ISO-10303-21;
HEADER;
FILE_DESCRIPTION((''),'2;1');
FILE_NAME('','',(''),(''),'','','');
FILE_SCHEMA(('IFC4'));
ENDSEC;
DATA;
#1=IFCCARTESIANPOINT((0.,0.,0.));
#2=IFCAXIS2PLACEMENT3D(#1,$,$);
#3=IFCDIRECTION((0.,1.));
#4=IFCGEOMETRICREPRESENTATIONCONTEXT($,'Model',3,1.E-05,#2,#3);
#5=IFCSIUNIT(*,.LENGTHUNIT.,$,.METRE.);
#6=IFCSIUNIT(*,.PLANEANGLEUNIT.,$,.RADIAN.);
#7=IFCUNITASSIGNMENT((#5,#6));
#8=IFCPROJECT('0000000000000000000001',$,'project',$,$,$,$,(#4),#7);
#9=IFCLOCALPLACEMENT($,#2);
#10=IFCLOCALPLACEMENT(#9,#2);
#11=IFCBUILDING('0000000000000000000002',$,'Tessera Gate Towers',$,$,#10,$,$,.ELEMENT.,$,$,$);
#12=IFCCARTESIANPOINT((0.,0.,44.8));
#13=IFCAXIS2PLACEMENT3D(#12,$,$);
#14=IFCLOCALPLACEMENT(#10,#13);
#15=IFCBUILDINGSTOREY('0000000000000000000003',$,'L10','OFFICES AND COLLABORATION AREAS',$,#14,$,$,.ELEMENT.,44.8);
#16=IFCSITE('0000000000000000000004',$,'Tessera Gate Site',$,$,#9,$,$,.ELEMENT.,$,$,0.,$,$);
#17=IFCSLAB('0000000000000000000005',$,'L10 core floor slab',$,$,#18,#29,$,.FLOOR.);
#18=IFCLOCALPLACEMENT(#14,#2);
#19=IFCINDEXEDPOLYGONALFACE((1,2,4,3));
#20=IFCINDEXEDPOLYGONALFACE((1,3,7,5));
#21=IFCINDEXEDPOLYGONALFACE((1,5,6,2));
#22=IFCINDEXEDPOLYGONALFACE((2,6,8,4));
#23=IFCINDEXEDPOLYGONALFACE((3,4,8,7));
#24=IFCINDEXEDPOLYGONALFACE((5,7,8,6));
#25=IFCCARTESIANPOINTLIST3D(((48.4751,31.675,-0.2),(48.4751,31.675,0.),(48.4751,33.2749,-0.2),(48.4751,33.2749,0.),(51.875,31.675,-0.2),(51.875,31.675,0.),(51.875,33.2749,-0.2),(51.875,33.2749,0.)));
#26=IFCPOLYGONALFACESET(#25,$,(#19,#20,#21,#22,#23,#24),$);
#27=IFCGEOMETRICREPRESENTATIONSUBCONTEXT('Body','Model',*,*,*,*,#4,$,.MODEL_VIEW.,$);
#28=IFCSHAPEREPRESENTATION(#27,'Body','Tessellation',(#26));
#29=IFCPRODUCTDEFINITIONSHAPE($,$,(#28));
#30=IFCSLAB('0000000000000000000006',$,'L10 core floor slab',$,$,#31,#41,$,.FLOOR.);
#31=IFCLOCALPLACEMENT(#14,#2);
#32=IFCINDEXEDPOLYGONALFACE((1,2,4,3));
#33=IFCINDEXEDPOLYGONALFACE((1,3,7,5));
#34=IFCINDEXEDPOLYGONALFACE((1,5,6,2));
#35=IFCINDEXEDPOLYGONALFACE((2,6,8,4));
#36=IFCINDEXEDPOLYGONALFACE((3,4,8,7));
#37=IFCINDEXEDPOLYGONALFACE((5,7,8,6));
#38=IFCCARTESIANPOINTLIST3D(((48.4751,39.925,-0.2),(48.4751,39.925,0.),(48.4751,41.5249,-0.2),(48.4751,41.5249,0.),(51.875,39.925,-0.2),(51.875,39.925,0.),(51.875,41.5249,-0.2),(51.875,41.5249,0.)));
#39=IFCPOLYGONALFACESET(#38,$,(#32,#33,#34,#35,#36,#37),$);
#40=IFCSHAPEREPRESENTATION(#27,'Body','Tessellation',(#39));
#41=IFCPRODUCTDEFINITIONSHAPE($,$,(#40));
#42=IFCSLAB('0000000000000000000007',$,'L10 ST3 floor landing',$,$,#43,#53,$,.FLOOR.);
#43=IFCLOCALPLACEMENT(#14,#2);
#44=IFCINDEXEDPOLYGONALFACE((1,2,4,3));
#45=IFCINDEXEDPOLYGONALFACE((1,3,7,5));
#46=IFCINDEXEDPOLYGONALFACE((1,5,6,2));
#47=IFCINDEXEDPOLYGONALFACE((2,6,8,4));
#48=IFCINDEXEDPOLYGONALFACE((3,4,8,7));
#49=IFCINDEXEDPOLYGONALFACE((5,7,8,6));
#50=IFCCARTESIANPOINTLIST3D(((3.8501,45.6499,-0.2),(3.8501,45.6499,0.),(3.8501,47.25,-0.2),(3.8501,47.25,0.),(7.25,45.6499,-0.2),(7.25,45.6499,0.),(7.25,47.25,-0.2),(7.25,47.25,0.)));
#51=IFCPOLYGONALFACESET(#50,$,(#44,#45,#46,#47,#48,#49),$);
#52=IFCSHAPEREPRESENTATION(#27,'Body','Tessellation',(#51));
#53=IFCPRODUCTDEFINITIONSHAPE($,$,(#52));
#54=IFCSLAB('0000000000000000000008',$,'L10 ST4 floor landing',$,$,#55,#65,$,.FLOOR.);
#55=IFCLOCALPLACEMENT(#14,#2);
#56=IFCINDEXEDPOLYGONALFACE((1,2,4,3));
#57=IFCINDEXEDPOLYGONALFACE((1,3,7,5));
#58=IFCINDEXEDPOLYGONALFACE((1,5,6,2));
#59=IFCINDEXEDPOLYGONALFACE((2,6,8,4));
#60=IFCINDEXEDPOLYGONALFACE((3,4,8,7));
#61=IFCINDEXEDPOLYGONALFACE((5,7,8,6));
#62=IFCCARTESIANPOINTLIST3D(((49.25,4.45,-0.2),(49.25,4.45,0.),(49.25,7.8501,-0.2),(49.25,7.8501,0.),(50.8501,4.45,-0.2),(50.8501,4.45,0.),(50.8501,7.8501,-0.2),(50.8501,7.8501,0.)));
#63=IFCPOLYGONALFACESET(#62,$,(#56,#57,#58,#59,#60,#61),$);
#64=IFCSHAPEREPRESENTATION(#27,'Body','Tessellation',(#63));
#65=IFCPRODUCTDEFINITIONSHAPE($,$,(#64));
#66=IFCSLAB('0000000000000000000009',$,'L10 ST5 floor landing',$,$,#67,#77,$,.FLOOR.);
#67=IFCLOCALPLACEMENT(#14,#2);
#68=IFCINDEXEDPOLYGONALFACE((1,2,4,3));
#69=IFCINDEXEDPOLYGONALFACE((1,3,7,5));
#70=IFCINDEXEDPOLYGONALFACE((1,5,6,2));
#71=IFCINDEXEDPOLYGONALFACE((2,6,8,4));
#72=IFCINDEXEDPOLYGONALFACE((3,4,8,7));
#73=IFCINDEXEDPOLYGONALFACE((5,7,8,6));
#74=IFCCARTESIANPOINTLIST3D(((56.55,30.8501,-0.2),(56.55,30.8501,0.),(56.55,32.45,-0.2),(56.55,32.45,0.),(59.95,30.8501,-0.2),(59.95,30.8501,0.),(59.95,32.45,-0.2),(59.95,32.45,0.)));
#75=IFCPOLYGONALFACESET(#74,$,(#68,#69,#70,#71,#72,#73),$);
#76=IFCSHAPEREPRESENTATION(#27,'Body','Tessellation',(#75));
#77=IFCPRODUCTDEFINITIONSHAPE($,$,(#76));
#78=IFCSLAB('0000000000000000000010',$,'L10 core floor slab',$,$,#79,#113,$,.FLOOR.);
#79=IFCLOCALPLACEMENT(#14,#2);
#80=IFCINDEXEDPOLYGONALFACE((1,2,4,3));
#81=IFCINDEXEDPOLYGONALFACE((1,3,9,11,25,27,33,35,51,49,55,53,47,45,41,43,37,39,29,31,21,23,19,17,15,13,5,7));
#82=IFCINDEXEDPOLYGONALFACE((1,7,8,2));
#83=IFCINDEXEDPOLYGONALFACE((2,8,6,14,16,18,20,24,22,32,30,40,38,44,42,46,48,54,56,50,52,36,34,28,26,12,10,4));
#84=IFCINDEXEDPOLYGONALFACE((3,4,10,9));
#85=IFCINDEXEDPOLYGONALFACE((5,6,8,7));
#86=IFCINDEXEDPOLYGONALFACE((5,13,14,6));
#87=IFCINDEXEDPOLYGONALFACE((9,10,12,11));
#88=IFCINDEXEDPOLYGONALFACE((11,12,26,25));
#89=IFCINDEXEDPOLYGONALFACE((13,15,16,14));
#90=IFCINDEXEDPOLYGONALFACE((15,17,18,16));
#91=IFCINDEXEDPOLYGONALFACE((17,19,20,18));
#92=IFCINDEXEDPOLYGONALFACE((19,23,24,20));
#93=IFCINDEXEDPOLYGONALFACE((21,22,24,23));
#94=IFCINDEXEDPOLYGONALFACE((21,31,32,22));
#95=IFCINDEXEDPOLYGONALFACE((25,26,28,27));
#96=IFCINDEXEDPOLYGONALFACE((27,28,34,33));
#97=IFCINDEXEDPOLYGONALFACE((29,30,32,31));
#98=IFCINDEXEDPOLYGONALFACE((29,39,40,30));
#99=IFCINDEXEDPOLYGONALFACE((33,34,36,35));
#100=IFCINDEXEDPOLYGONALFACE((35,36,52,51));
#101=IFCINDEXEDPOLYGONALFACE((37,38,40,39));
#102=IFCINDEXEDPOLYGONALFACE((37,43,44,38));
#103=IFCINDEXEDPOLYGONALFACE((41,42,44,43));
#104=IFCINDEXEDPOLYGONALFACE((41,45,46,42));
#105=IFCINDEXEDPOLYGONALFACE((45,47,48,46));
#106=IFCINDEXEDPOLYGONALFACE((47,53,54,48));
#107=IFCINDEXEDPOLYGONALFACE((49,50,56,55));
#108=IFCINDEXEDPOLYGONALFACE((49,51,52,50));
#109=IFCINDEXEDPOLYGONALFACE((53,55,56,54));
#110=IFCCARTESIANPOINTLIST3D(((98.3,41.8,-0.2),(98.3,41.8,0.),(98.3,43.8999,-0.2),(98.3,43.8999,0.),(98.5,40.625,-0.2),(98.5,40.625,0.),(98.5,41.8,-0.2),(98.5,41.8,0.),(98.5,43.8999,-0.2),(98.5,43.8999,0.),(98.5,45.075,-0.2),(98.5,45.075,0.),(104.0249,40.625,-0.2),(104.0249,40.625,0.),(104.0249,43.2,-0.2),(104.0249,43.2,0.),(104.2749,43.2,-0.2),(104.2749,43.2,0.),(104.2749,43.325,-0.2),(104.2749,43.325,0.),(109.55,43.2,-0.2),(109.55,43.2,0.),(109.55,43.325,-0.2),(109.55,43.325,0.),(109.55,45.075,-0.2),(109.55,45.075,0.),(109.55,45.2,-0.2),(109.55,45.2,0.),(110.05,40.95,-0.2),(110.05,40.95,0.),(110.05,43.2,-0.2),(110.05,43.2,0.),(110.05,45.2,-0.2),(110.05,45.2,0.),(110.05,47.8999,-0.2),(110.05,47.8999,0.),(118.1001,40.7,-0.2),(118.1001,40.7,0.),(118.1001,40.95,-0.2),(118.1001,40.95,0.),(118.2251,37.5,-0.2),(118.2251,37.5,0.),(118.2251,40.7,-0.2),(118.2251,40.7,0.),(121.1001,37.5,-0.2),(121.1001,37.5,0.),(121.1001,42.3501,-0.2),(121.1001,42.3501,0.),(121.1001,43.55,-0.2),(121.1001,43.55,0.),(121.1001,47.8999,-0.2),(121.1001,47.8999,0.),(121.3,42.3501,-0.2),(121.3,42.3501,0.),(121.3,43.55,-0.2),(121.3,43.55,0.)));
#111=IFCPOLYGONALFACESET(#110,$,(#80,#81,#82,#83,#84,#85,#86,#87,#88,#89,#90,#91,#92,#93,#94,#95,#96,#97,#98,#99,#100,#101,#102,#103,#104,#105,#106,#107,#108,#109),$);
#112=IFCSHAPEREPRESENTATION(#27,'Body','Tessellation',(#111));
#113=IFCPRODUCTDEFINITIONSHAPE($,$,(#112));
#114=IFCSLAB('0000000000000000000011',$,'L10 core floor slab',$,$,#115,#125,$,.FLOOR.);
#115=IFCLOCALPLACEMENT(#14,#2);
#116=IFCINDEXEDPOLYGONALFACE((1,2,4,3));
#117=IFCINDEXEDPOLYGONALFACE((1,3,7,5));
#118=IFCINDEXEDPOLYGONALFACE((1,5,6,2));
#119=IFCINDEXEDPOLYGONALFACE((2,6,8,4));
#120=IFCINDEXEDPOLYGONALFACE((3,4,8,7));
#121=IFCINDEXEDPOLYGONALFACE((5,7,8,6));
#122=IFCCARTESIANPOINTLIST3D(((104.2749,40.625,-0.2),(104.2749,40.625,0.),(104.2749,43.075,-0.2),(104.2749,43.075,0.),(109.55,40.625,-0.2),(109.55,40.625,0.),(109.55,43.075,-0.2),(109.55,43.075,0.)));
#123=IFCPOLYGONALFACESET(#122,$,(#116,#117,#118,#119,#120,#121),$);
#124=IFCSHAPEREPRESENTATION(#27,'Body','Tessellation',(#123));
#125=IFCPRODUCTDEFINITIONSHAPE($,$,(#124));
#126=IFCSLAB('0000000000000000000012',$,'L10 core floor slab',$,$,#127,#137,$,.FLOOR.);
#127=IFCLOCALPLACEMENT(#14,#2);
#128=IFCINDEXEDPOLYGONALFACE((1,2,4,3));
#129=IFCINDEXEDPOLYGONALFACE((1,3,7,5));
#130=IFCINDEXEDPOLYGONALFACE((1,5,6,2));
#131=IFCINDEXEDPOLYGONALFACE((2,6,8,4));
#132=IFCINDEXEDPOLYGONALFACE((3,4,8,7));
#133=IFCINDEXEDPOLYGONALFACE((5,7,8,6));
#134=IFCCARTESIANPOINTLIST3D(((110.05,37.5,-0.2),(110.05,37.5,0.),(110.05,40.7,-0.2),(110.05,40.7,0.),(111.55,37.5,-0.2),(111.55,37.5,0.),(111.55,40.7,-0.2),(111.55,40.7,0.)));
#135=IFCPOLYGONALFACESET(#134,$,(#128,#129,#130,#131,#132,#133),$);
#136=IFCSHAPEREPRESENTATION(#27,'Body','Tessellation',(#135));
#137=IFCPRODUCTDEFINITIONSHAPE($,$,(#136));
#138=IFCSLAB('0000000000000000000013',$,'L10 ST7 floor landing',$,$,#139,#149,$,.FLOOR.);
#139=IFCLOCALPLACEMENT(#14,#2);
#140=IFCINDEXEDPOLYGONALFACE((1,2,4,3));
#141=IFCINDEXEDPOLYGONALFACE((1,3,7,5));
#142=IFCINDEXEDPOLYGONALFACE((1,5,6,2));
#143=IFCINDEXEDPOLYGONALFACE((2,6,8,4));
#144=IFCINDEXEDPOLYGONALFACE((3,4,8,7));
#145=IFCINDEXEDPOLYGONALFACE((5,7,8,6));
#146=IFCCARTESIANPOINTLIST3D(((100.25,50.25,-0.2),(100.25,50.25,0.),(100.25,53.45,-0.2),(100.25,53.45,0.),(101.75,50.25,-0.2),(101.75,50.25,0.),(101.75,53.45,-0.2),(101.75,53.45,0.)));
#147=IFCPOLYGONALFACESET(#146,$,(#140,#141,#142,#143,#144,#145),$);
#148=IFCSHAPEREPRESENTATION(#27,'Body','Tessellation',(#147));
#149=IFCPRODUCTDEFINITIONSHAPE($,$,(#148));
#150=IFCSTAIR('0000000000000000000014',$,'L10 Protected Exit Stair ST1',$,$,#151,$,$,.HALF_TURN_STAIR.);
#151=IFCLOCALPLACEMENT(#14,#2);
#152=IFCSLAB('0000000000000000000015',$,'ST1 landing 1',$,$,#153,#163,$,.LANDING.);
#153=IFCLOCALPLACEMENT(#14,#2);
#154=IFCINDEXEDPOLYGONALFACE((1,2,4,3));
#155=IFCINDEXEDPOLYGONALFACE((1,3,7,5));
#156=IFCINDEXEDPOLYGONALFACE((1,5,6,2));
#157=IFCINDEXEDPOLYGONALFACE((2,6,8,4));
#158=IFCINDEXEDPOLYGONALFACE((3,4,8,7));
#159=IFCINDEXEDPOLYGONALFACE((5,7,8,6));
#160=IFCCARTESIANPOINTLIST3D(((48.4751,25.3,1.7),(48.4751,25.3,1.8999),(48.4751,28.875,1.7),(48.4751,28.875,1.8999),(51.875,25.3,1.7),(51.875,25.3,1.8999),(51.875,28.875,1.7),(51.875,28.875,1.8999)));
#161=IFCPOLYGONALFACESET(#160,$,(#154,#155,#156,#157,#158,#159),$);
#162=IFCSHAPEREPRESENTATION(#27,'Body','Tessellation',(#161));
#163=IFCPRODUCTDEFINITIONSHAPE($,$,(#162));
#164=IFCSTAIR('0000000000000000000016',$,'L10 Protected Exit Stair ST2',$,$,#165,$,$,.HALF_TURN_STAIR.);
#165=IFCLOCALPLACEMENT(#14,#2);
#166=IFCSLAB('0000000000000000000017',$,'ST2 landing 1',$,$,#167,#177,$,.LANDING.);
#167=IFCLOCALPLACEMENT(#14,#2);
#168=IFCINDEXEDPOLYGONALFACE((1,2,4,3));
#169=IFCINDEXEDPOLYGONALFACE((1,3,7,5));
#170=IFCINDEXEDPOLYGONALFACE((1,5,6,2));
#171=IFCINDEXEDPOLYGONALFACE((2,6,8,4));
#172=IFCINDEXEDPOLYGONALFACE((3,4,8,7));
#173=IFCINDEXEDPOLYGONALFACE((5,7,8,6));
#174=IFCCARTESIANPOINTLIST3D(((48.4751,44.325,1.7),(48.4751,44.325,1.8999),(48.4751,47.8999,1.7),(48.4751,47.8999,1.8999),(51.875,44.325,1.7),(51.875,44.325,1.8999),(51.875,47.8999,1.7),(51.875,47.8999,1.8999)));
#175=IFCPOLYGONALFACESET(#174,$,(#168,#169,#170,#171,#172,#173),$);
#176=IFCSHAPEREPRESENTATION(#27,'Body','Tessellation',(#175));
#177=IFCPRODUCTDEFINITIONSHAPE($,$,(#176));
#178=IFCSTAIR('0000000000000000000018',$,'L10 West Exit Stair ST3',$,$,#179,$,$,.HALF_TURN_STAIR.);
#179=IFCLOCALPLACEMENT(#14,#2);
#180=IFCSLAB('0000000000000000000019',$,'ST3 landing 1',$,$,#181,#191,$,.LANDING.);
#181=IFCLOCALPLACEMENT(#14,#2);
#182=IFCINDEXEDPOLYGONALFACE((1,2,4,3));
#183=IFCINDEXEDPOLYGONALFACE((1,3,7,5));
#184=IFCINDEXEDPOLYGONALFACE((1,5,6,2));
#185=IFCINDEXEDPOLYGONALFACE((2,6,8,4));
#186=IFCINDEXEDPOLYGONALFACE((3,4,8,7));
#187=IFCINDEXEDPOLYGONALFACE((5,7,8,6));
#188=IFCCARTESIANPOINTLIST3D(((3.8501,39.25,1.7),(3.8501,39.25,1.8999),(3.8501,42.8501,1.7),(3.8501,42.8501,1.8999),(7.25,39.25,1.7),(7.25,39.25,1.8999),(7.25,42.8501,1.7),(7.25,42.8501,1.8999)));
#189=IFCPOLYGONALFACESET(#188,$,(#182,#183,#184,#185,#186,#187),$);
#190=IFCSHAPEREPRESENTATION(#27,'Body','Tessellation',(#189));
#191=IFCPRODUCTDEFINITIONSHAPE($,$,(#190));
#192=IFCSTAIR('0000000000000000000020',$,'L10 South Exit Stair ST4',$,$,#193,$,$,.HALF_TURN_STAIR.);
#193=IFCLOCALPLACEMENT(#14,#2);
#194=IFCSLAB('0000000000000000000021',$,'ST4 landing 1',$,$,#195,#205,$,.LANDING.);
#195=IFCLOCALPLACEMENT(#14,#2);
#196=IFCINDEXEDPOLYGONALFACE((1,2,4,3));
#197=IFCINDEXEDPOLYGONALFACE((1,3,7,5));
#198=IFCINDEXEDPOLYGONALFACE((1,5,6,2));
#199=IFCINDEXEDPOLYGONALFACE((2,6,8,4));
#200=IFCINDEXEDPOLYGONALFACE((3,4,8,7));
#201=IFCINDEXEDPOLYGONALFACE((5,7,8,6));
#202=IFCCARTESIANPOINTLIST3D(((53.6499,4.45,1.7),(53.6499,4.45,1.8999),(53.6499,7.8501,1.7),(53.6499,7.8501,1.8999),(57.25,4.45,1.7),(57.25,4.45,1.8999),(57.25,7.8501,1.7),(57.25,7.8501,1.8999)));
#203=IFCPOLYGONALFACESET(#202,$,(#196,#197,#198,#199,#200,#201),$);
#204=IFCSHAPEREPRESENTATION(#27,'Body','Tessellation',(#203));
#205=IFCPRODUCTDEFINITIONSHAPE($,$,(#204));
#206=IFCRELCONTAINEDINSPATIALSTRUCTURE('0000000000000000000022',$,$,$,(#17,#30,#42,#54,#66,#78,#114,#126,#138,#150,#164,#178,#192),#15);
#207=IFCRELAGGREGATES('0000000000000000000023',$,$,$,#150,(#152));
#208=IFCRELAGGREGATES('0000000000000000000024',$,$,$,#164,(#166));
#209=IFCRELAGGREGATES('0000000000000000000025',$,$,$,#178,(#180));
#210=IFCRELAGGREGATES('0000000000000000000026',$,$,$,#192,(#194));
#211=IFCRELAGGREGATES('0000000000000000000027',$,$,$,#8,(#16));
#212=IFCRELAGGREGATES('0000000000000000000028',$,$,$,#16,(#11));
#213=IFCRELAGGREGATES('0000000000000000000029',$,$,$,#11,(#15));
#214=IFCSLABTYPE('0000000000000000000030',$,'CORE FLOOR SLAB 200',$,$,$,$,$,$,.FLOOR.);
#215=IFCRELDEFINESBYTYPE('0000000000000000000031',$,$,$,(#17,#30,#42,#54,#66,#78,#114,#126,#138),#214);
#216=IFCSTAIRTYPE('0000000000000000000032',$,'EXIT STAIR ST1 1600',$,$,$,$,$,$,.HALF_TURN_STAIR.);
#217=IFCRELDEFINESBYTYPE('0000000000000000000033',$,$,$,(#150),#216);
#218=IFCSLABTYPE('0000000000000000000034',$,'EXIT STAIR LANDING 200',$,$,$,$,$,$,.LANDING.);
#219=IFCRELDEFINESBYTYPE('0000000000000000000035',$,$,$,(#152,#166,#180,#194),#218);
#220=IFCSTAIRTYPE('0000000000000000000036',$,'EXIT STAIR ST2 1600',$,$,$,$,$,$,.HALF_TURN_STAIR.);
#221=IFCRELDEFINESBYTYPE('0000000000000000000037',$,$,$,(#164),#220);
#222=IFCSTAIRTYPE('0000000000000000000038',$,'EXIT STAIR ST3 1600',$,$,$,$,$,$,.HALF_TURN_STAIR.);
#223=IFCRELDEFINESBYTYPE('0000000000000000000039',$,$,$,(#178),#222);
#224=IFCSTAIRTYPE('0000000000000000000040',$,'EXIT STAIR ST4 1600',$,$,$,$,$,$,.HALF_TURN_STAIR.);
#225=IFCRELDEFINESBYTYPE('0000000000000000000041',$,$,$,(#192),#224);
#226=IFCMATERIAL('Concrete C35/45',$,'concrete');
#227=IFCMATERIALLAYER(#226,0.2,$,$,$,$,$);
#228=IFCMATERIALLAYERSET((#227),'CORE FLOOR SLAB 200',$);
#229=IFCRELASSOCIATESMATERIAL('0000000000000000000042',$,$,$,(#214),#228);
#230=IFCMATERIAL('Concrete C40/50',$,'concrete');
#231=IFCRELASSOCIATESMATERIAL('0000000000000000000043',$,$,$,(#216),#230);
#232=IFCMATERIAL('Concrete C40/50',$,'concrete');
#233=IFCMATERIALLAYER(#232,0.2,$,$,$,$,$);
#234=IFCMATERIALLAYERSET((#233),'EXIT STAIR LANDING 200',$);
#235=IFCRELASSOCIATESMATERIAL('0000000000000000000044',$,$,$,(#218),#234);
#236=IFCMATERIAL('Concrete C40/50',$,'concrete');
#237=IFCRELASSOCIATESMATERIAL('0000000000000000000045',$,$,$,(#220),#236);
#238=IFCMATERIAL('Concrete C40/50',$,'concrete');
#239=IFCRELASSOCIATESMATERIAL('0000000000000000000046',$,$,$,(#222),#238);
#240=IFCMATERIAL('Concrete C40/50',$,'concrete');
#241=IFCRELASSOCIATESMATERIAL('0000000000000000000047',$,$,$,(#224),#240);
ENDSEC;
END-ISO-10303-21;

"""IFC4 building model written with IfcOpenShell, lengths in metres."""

from ifc_helpers import new_model, si_unit, direction, frame, origin, place, context, subcontext, project, spatial, polyline, outline, extrude, material, layer, layer_set, type_object, element, aggregate, save


model = new_model("IFC4")

# Units and contexts
model_context = context("Model", 3, precision=1e-05, world=origin(), true_north=direction((0.0, 1.0)))
body_context = subcontext(model_context, "Body", "Model", "MODEL_VIEW")
ifc_project = project(units=[si_unit("LENGTHUNIT", "METRE"), si_unit("PLANEANGLEUNIT", "RADIAN")], contexts=[model_context])

# Site, building, storey
site_placement = place(None, origin())
site = spatial("IfcSite", under=ifc_project, at=site_placement, Name="Tessera Gate Site", CompositionType="ELEMENT", RefElevation=0.0)
building_placement = place(site_placement, origin())
building = spatial("IfcBuilding", under=site, at=building_placement, Name="Tessera Gate Towers", CompositionType="ELEMENT")
storey_placement = place(building_placement, frame((0.0, 0.0, 44.8)))
storey = spatial("IfcBuildingStorey", under=building, at=storey_placement, Name="L10", Description="OFFICES AND COLLABORATION AREAS", CompositionType="ELEMENT", Elevation=44.8)

# Slabs
ifc_material_1 = material(Name="Concrete C35/45", Category="concrete")
ifc_layer_1 = layer(ifc_material_1, 0.2)
ifc_layer_set_1 = layer_set([ifc_layer_1], Name="CORE FLOOR SLAB 200")
slab_type_1 = type_object("IfcSlabType", Name="CORE FLOOR SLAB 200", PredefinedType="FLOOR", material=ifc_layer_set_1)
slab_1_placement = place(storey_placement, frame((0.0, 0.0, -0.2)))
element("IfcSlab", 1, at=slab_1_placement, inside=storey, type_object=slab_type_1, Name="L10 core floor slab", PredefinedType="FLOOR", context=body_context, shape_type="SweptSolid", body=[
    extrude(outline(polyline([(51.875, 31.675), (51.875, 33.2749), (48.4751, 33.2749), (48.4751, 31.675), (51.875, 31.675)])), origin(), (0.0, 0.0, 1.0), 0.2),
])
slab_2_placement = place(storey_placement, frame((0.0, 0.0, -0.2)))
element("IfcSlab", 2, at=slab_2_placement, inside=storey, type_object=slab_type_1, Name="L10 core floor slab", PredefinedType="FLOOR", context=body_context, shape_type="SweptSolid", body=[
    extrude(outline(polyline([(48.4751, 41.5249), (48.4751, 39.925), (51.875, 39.925), (51.875, 41.5249), (48.4751, 41.5249)])), origin(), (0.0, 0.0, 1.0), 0.2),
])
slab_3_placement = place(storey_placement, frame((0.0, 0.0, -0.2)))
element("IfcSlab", 3, at=slab_3_placement, inside=storey, type_object=slab_type_1, Name="L10 ST3 floor landing", PredefinedType="FLOOR", context=body_context, shape_type="SweptSolid", body=[
    extrude(outline(polyline([(3.8501, 47.25), (3.8501, 45.6499), (7.25, 45.6499), (7.25, 47.25), (3.8501, 47.25)])), origin(), (0.0, 0.0, 1.0), 0.2),
])
slab_4_placement = place(storey_placement, frame((0.0, 0.0, -0.2)))
element("IfcSlab", 4, at=slab_4_placement, inside=storey, type_object=slab_type_1, Name="L10 ST4 floor landing", PredefinedType="FLOOR", context=body_context, shape_type="SweptSolid", body=[
    extrude(outline(polyline([(49.25, 4.45), (50.8501, 4.45), (50.8501, 7.8501), (49.25, 7.8501), (49.25, 4.45)])), origin(), (0.0, 0.0, 1.0), 0.2),
])
slab_5_placement = place(storey_placement, frame((0.0, 0.0, -0.2)))
element("IfcSlab", 5, at=slab_5_placement, inside=storey, type_object=slab_type_1, Name="L10 ST5 floor landing", PredefinedType="FLOOR", context=body_context, shape_type="SweptSolid", body=[
    extrude(outline(polyline([(59.95, 30.8501), (59.95, 32.45), (56.55, 32.45), (56.55, 30.8501), (59.95, 30.8501)])), origin(), (0.0, 0.0, 1.0), 0.2),
])
slab_6_placement = place(storey_placement, frame((0.0, 0.0, -0.2)))
element("IfcSlab", 6, at=slab_6_placement, inside=storey, type_object=slab_type_1, Name="L10 core floor slab", PredefinedType="FLOOR", context=body_context, shape_type="SweptSolid", body=[
    extrude(outline(polyline([(109.55, 45.2), (109.55, 45.075), (98.5, 45.075), (98.5, 43.8999), (98.3, 43.8999), (98.3, 41.8), (98.5, 41.8), (98.5, 40.625), (104.0249, 40.625), (104.0249, 43.2), (104.2749, 43.2), (104.2749, 43.325), (109.55, 43.325), (109.55, 43.2), (110.05, 43.2), (110.05, 40.95), (118.1001, 40.95), (118.1001, 40.7), (118.2251, 40.7), (118.2251, 37.5), (121.1001, 37.5), (121.1001, 42.3501), (121.3, 42.3501), (121.3, 43.55), (121.1001, 43.55), (121.1001, 47.8999), (110.05, 47.8999), (110.05, 45.2), (109.55, 45.2)])), origin(), (0.0, 0.0, 1.0), 0.2),
])
slab_7_placement = place(storey_placement, frame((0.0, 0.0, -0.2)))
element("IfcSlab", 7, at=slab_7_placement, inside=storey, type_object=slab_type_1, Name="L10 core floor slab", PredefinedType="FLOOR", context=body_context, shape_type="SweptSolid", body=[
    extrude(outline(polyline([(109.55, 43.075), (104.2749, 43.075), (104.2749, 40.625), (109.55, 40.625), (109.55, 43.075)])), origin(), (0.0, 0.0, 1.0), 0.2),
])
slab_8_placement = place(storey_placement, frame((0.0, 0.0, -0.2)))
element("IfcSlab", 8, at=slab_8_placement, inside=storey, type_object=slab_type_1, Name="L10 core floor slab", PredefinedType="FLOOR", context=body_context, shape_type="SweptSolid", body=[
    extrude(outline(polyline([(111.55, 37.5), (111.55, 40.7), (110.05, 40.7), (110.05, 37.5), (111.55, 37.5)])), origin(), (0.0, 0.0, 1.0), 0.2),
])
slab_9_placement = place(storey_placement, frame((0.0, 0.0, -0.2)))
element("IfcSlab", 9, at=slab_9_placement, inside=storey, type_object=slab_type_1, Name="L10 ST7 floor landing", PredefinedType="FLOOR", context=body_context, shape_type="SweptSolid", body=[
    extrude(outline(polyline([(100.25, 50.25), (101.75, 50.25), (101.75, 53.45), (100.25, 53.45), (100.25, 50.25)])), origin(), (0.0, 0.0, 1.0), 0.2),
])

# Stairs, slabs
ifc_material_2 = material(Name="Concrete C40/50", Category="concrete")
stair_type_1 = type_object("IfcStairType", Name="EXIT STAIR ST1 1600", PredefinedType="HALF_TURN_STAIR", material=ifc_material_2)
stair_1_placement = place(storey_placement, origin())
stair_1 = element("IfcStair", 10, at=stair_1_placement, inside=storey, type_object=stair_type_1, Name="L10 Protected Exit Stair ST1", PredefinedType="HALF_TURN_STAIR")
ifc_material_3 = material(Name="Concrete C40/50", Category="concrete")
ifc_layer_2 = layer(ifc_material_3, 0.2)
ifc_layer_set_2 = layer_set([ifc_layer_2], Name="EXIT STAIR LANDING 200")
slab_type_2 = type_object("IfcSlabType", Name="EXIT STAIR LANDING 200", PredefinedType="LANDING", material=ifc_layer_set_2)
slab_10_placement = place(storey_placement, frame((0.0, 0.0, 1.7)))
slab_10 = element("IfcSlab", 11, at=slab_10_placement, type_object=slab_type_2, Name="ST1 landing 1", PredefinedType="LANDING", context=body_context, shape_type="SweptSolid", body=[
    extrude(outline(polyline([(48.4751, 28.875), (48.4751, 25.3), (51.875, 25.3), (51.875, 28.875), (48.4751, 28.875)])), origin(), (0.0, 0.0, 1.0), 0.2),
])
aggregate(stair_1, [slab_10])
ifc_material_4 = material(Name="Concrete C40/50", Category="concrete")
stair_type_2 = type_object("IfcStairType", Name="EXIT STAIR ST2 1600", PredefinedType="HALF_TURN_STAIR", material=ifc_material_4)
stair_2_placement = place(storey_placement, origin())
stair_2 = element("IfcStair", 12, at=stair_2_placement, inside=storey, type_object=stair_type_2, Name="L10 Protected Exit Stair ST2", PredefinedType="HALF_TURN_STAIR")
slab_11_placement = place(storey_placement, frame((0.0, 0.0, 1.7)))
slab_11 = element("IfcSlab", 13, at=slab_11_placement, type_object=slab_type_2, Name="ST2 landing 1", PredefinedType="LANDING", context=body_context, shape_type="SweptSolid", body=[
    extrude(outline(polyline([(51.875, 44.325), (51.875, 47.8999), (48.4751, 47.8999), (48.4751, 44.325), (51.875, 44.325)])), origin(), (0.0, 0.0, 1.0), 0.2),
])
aggregate(stair_2, [slab_11])
ifc_material_5 = material(Name="Concrete C40/50", Category="concrete")
stair_type_3 = type_object("IfcStairType", Name="EXIT STAIR ST3 1600", PredefinedType="HALF_TURN_STAIR", material=ifc_material_5)
stair_3_placement = place(storey_placement, origin())
stair_3 = element("IfcStair", 14, at=stair_3_placement, inside=storey, type_object=stair_type_3, Name="L10 West Exit Stair ST3", PredefinedType="HALF_TURN_STAIR")
slab_12_placement = place(storey_placement, frame((0.0, 0.0, 1.7)))
slab_12 = element("IfcSlab", 15, at=slab_12_placement, type_object=slab_type_2, Name="ST3 landing 1", PredefinedType="LANDING", context=body_context, shape_type="SweptSolid", body=[
    extrude(outline(polyline([(3.8501, 42.8501), (3.8501, 39.25), (7.25, 39.25), (7.25, 42.8501), (3.8501, 42.8501)])), origin(), (0.0, 0.0, 1.0), 0.2),
])
aggregate(stair_3, [slab_12])
ifc_material_6 = material(Name="Concrete C40/50", Category="concrete")
stair_type_4 = type_object("IfcStairType", Name="EXIT STAIR ST4 1600", PredefinedType="HALF_TURN_STAIR", material=ifc_material_6)
stair_4_placement = place(storey_placement, origin())
stair_4 = element("IfcStair", 16, at=stair_4_placement, inside=storey, type_object=stair_type_4, Name="L10 South Exit Stair ST4", PredefinedType="HALF_TURN_STAIR")
slab_13_placement = place(storey_placement, frame((0.0, 0.0, 1.7)))
slab_13 = element("IfcSlab", 17, at=slab_13_placement, type_object=slab_type_2, Name="ST4 landing 1", PredefinedType="LANDING", context=body_context, shape_type="SweptSolid", body=[
    extrude(outline(polyline([(53.6499, 4.45), (57.25, 4.45), (57.25, 7.8501), (53.6499, 7.8501), (53.6499, 4.45)])), origin(), (0.0, 0.0, 1.0), 0.2),
])
aggregate(stair_4, [slab_13])

save(model, "model.ifc")
